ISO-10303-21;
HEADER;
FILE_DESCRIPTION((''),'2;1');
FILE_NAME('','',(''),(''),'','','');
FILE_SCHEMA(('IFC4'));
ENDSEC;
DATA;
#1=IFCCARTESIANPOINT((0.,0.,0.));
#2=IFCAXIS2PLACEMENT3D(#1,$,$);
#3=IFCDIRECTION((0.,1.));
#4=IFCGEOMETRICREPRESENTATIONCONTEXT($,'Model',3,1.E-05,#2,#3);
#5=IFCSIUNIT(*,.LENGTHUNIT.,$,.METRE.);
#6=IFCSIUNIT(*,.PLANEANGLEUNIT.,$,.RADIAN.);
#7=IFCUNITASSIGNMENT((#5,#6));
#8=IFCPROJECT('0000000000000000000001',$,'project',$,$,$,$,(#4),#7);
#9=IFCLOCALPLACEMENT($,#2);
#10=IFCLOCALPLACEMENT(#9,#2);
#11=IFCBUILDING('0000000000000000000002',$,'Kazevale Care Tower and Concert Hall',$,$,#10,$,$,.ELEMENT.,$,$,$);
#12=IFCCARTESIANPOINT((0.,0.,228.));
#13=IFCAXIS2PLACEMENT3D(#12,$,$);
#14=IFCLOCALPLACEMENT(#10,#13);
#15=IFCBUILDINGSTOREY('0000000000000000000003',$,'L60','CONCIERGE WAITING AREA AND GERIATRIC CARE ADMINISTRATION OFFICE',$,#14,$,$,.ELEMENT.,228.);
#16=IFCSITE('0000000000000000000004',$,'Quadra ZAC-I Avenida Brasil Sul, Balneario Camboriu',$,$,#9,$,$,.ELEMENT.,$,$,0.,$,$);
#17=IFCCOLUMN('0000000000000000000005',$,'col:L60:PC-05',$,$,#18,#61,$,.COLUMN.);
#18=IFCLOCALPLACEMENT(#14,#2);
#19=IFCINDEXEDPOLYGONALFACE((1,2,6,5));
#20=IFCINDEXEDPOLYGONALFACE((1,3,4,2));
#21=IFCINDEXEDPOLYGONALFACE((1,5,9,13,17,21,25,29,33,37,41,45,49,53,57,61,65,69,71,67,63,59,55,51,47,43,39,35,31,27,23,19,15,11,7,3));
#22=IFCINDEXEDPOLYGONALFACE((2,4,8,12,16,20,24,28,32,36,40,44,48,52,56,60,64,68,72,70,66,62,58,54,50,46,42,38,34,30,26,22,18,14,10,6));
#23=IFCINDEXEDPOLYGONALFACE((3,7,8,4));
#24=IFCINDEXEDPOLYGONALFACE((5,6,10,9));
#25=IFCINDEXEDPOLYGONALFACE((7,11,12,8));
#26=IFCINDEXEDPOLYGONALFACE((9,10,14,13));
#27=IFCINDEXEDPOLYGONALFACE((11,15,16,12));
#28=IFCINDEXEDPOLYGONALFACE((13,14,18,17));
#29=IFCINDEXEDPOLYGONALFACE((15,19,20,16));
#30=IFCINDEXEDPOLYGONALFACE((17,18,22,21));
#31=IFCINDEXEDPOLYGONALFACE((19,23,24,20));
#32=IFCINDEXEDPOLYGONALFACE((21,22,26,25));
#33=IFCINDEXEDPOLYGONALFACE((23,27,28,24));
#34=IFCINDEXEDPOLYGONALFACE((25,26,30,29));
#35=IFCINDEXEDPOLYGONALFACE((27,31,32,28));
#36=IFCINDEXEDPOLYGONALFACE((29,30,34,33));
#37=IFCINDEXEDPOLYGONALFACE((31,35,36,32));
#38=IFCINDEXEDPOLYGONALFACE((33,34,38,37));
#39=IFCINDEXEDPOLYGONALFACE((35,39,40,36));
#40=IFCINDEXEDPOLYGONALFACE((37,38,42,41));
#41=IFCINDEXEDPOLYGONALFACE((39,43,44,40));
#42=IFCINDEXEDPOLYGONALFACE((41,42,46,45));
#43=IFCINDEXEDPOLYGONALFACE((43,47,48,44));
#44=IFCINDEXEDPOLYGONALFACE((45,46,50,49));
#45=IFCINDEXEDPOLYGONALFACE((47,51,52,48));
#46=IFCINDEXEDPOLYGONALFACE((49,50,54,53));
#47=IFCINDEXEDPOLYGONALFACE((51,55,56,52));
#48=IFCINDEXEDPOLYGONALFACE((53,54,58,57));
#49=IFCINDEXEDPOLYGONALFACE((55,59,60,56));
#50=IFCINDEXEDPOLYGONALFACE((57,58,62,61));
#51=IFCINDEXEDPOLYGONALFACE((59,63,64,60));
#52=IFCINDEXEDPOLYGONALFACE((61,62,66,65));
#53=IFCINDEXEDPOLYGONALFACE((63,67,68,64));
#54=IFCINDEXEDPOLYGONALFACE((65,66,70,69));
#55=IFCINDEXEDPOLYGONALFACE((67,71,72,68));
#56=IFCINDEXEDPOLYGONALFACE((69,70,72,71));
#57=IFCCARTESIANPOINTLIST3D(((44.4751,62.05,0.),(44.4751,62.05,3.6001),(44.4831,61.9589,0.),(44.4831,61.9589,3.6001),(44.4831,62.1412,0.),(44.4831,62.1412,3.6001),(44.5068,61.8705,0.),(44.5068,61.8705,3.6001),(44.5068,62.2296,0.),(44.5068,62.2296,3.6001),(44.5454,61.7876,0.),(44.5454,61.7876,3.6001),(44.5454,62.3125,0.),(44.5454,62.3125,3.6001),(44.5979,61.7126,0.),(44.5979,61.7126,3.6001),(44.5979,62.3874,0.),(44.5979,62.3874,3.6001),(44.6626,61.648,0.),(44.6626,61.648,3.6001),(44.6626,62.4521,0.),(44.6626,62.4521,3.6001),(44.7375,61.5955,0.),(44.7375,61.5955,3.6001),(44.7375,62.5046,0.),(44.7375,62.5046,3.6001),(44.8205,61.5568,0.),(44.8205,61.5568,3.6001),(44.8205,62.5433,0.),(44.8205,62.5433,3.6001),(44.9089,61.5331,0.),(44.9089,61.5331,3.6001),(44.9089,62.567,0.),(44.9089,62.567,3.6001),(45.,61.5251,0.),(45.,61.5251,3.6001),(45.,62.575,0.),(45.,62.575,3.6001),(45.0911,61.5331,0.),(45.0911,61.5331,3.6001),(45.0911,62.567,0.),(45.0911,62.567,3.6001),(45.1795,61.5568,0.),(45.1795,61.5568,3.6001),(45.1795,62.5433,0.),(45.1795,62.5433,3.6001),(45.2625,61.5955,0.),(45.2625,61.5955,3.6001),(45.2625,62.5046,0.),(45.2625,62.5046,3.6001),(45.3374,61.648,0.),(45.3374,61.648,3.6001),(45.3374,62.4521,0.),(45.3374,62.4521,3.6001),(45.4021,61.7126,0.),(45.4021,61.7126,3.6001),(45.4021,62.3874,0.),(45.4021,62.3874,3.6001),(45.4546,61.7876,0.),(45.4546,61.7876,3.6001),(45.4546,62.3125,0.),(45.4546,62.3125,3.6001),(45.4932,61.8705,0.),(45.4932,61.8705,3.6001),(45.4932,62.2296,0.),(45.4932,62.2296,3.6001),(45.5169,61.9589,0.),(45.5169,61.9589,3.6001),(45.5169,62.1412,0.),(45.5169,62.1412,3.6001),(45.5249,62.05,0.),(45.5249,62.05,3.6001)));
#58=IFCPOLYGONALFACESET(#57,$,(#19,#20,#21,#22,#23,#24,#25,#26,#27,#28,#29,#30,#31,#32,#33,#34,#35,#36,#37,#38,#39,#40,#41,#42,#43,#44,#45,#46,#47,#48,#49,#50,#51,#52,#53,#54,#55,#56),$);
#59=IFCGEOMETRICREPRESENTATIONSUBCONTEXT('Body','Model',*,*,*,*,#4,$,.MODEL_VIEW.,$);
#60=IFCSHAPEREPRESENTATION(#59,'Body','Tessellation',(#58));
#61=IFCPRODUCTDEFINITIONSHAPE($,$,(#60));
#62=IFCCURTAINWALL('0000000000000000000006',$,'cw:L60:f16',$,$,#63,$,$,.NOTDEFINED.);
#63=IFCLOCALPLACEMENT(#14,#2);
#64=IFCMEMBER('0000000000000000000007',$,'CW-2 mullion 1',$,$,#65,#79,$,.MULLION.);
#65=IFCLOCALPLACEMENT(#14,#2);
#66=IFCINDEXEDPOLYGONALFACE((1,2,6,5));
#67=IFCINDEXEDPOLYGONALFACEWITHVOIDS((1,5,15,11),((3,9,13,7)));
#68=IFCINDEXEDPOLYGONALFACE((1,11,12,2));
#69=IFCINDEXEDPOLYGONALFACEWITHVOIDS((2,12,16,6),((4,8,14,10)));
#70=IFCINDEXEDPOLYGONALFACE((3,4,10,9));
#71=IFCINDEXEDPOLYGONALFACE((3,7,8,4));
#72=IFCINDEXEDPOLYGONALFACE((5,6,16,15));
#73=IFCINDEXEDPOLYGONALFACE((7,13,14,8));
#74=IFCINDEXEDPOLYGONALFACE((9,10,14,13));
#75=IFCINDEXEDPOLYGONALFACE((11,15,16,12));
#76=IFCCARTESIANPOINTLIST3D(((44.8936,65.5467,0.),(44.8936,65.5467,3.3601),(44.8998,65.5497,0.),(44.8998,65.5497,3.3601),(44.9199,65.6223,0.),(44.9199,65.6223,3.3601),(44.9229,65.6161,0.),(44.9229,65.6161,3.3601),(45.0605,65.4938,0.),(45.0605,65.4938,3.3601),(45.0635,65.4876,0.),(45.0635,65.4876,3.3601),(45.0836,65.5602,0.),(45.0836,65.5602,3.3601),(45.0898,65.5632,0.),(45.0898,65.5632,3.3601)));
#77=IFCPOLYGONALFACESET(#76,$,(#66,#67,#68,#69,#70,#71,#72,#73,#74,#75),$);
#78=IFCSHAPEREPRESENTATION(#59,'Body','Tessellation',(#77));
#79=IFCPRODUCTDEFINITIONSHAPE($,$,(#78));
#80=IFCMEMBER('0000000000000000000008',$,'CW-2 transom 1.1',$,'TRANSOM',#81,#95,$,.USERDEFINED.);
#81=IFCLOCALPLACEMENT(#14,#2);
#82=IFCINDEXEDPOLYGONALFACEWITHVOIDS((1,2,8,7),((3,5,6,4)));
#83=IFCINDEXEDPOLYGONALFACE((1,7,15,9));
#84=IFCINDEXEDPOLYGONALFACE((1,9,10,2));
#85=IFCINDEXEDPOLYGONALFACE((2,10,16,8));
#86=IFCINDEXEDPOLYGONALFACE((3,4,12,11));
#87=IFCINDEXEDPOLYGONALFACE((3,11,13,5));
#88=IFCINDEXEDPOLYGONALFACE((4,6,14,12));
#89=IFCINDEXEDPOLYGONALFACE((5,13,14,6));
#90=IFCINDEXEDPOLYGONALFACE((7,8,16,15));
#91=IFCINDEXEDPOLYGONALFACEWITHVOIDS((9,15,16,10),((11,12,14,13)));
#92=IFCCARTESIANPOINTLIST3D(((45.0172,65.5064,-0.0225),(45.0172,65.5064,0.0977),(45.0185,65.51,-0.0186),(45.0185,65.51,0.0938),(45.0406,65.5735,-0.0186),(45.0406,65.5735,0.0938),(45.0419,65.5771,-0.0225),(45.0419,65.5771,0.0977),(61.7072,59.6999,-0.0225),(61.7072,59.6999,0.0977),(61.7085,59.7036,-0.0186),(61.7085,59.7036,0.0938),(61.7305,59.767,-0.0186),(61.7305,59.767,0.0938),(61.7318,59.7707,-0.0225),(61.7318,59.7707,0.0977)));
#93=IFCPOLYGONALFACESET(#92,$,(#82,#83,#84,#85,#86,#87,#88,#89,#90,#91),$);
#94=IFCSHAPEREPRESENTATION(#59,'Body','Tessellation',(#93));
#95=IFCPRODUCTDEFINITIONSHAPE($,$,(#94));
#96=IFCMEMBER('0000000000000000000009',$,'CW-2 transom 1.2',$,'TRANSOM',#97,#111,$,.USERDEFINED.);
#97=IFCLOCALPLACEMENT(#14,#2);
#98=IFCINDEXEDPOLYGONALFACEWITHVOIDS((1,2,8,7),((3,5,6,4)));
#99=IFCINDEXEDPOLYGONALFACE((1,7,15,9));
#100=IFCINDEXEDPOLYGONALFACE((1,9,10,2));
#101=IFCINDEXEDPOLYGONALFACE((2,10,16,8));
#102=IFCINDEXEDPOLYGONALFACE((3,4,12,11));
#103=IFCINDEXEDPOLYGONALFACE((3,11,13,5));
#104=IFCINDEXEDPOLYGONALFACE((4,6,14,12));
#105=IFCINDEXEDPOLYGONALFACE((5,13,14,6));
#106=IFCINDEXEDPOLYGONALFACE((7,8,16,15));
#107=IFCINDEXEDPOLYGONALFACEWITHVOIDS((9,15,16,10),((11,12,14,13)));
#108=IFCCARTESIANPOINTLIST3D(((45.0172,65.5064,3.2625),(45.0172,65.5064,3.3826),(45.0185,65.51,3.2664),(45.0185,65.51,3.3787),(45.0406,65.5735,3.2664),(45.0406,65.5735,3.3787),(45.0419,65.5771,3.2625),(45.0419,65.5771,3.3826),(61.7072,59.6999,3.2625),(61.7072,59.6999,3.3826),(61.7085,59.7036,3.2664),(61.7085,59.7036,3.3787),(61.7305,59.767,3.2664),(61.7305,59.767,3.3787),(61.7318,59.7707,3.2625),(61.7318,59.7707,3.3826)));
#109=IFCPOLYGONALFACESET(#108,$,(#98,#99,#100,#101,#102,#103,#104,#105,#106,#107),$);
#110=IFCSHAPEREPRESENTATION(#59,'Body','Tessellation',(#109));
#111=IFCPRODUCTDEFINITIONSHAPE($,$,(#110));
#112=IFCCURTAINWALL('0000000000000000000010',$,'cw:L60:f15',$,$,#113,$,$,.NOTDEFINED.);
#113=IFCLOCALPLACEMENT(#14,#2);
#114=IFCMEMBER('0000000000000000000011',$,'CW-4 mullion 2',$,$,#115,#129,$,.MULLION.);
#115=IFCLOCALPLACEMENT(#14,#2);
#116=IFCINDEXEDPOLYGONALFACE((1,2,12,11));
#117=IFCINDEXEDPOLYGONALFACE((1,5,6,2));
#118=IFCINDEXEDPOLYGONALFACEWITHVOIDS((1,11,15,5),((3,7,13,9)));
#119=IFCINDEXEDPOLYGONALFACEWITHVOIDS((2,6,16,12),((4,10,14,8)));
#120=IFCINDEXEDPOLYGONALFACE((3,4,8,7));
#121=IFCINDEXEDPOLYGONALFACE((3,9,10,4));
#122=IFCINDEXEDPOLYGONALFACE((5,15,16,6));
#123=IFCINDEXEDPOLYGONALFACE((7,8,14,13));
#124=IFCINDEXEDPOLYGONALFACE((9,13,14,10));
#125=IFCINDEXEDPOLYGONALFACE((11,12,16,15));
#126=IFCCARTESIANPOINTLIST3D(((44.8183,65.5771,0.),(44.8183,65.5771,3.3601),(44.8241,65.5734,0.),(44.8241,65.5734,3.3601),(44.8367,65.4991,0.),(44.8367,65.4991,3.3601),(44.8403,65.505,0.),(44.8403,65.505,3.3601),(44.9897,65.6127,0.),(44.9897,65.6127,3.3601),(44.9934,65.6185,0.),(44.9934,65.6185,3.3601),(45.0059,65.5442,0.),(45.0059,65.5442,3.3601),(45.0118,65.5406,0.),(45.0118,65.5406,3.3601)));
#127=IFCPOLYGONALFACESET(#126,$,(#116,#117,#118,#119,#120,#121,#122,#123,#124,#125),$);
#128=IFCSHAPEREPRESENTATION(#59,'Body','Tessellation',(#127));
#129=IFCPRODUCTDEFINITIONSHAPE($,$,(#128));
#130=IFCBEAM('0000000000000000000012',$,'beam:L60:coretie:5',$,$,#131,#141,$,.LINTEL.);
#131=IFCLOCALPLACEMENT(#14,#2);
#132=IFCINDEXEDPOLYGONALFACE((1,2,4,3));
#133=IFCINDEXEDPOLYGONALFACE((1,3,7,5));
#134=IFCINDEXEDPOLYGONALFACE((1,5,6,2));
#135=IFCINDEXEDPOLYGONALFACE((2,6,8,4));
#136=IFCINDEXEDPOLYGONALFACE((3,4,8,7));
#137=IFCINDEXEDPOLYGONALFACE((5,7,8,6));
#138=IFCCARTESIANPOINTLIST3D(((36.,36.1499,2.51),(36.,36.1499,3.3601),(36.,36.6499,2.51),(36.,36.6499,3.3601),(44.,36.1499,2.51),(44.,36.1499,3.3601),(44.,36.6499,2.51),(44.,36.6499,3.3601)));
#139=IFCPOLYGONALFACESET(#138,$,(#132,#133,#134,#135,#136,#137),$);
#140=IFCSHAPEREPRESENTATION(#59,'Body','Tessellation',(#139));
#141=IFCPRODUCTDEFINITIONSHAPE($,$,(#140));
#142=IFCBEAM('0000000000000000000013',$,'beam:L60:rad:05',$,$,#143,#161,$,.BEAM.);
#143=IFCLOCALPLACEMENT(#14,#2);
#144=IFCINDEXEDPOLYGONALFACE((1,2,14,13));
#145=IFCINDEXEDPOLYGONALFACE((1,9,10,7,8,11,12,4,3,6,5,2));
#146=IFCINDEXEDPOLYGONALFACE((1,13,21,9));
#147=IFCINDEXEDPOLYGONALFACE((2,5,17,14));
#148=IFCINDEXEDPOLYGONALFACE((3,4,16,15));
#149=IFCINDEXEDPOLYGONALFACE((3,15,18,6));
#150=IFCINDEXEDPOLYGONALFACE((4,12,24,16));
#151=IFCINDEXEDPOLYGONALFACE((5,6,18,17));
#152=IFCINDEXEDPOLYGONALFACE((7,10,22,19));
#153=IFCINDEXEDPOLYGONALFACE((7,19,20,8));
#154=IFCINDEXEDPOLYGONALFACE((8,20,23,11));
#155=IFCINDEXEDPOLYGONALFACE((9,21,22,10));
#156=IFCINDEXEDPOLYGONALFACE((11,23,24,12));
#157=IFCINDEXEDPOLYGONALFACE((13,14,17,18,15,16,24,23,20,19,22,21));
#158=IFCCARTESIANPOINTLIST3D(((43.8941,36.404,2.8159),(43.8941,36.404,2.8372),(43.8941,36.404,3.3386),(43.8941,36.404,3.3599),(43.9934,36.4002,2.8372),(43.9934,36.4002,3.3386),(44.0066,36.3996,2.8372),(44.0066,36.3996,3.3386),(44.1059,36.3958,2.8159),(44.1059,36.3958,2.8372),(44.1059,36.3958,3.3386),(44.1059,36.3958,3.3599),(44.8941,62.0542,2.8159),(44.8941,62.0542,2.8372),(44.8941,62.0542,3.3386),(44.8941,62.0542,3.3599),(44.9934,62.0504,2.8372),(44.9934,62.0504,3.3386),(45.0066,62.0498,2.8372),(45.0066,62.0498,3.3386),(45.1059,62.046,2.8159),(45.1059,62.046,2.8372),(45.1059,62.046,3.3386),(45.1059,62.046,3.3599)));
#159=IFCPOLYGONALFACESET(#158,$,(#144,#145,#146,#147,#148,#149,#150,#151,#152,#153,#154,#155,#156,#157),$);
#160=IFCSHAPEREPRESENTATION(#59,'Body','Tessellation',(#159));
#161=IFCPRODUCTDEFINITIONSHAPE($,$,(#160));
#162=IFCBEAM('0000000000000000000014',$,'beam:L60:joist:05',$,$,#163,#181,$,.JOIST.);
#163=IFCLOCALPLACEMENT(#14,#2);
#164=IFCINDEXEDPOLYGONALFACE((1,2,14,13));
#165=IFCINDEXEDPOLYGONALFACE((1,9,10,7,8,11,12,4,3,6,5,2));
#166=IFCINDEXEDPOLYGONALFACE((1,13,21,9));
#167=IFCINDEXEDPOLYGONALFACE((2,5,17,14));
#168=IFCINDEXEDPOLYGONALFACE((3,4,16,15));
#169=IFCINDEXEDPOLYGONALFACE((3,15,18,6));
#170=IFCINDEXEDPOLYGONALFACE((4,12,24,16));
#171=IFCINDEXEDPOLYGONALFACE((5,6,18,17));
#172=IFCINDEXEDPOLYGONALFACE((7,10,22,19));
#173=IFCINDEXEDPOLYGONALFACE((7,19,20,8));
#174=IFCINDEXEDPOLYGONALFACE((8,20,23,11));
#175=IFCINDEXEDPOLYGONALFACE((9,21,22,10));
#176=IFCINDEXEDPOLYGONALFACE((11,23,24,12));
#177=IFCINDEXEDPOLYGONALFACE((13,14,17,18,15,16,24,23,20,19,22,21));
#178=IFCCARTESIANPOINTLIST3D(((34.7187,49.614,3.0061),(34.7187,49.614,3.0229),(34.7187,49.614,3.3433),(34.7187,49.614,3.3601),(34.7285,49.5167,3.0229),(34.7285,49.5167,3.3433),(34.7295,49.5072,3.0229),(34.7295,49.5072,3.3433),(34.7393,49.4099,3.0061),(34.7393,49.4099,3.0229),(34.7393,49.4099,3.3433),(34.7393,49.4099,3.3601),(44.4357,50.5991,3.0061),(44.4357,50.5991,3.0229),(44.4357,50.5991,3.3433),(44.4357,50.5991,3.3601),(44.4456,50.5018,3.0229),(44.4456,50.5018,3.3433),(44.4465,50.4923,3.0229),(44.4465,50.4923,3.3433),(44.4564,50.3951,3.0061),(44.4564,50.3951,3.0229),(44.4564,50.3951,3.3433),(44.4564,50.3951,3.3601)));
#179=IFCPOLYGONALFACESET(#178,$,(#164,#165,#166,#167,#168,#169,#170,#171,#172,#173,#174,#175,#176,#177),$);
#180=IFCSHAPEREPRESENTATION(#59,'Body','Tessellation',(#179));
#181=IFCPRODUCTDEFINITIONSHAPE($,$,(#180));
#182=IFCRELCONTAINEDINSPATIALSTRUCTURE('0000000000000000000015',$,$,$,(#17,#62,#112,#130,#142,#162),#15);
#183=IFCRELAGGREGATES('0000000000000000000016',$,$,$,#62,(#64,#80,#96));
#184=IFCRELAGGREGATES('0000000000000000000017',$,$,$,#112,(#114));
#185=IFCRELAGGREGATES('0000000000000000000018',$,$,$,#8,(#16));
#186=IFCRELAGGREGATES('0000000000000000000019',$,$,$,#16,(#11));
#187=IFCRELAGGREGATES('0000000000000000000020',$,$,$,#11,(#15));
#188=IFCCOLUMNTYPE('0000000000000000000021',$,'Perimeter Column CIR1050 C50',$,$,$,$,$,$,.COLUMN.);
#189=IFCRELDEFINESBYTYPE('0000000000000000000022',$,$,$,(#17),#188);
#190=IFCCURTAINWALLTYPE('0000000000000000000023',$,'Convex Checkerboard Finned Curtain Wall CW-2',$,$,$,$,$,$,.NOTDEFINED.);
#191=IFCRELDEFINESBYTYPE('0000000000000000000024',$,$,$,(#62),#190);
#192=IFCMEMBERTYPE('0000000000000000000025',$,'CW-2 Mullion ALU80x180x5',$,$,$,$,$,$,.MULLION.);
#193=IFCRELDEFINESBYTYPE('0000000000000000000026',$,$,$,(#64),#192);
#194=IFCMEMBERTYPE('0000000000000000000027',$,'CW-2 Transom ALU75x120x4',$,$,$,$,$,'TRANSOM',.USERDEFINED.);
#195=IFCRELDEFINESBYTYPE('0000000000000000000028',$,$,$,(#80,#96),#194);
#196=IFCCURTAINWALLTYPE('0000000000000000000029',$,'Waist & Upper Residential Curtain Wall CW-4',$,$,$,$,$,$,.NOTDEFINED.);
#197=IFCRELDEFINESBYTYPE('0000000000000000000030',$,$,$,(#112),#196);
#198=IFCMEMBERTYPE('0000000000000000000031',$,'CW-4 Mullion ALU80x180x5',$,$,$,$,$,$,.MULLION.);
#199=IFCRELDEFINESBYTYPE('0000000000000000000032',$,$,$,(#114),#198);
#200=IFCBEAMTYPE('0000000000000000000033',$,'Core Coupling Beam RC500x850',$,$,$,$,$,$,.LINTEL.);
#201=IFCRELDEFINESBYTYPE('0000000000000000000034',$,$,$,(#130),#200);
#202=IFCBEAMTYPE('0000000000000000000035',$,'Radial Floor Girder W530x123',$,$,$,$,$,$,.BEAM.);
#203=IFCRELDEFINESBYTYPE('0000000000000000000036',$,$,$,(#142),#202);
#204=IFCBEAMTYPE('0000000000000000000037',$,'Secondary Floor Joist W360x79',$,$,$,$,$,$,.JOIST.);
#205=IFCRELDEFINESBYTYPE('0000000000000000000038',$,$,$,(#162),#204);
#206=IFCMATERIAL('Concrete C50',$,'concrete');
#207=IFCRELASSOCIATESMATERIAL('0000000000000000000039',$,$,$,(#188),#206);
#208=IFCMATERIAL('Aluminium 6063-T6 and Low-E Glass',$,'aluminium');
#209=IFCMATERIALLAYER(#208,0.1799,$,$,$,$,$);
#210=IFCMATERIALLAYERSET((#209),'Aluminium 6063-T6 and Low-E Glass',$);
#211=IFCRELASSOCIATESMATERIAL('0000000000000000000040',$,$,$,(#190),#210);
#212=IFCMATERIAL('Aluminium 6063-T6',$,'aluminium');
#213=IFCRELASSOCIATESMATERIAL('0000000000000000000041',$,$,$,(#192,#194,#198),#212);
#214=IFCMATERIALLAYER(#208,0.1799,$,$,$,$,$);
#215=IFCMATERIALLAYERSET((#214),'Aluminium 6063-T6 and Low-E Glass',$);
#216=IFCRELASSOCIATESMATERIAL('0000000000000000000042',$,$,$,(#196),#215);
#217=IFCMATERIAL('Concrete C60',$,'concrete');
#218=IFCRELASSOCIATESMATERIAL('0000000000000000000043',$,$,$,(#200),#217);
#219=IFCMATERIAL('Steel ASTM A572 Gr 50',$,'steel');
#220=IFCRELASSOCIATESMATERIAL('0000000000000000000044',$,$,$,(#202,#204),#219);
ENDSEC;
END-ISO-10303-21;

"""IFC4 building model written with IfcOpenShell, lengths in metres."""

from ifc_helpers import new_model, si_unit, direction, frame, origin, origin_2d, place, context, subcontext, project, spatial, rectangle, hollow_rectangle, circle, i_section, extrude, material, layer, layer_set, material_profile, profile_set, type_object, element, aggregate, save


model = new_model("IFC4")

# Units and contexts
model_context = context("Model", 3, precision=1e-05, world=origin(), true_north=direction((0.0, 1.0)))
body_context = subcontext(model_context, "Body", "Model", "MODEL_VIEW")
ifc_project = project(units=[si_unit("LENGTHUNIT", "METRE"), si_unit("PLANEANGLEUNIT", "RADIAN")], contexts=[model_context])

# Site, building, storey
site_placement = place(None, origin())
site = spatial("IfcSite", under=ifc_project, at=site_placement, Name="Quadra ZAC-I Avenida Brasil Sul, Balneario Camboriu", CompositionType="ELEMENT", RefElevation=0.0)
building_placement = place(site_placement, origin())
building = spatial("IfcBuilding", under=site, at=building_placement, Name="Kazevale Care Tower and Concert Hall", CompositionType="ELEMENT")
storey_placement = place(building_placement, frame((0.0, 0.0, 228.0)))
storey = spatial("IfcBuildingStorey", under=building, at=storey_placement, Name="L60", Description="CONCIERGE WAITING AREA AND GERIATRIC CARE ADMINISTRATION OFFICE", CompositionType="ELEMENT", Elevation=228.0)

# Column
ifc_material_1 = material(Name="Concrete C50", Category="concrete")
ifc_material_profile_1 = material_profile(ifc_material_1, circle(Radius=0.5249, at=origin_2d()), Name="RC-CIR1050")
ifc_profile_set_1 = profile_set([ifc_material_profile_1], Name="Concrete C50")
column_type = type_object("IfcColumnType", Name="Perimeter Column CIR1050 C50", PredefinedType="COLUMN", material=ifc_profile_set_1)
column_placement = place(storey_placement, frame((45.0, 62.05, 0.0), z_axis=(0.0, 0.0, 1.0), x_axis=(1.0, 0.0, 0.0)))
element("IfcColumn", 1, at=column_placement, inside=storey, type_object=column_type, Name="col:L60:PC-05", PredefinedType="COLUMN", context=body_context, shape_type="SweptSolid", body=[
    extrude(circle(Radius=0.5249, at=origin_2d()), origin(), (0.0, 0.0, 1.0), 3.6001),
])

# Curtain wall, members
ifc_material_2 = material(Name="Aluminium 6063-T6 and Low-E Glass", Category="aluminium")
ifc_layer_1 = layer(ifc_material_2, 0.1799)
ifc_layer_set_1 = layer_set([ifc_layer_1], Name="Aluminium 6063-T6 and Low-E Glass")
curtain_wall_type_1 = type_object("IfcCurtainWallType", Name="Convex Checkerboard Finned Curtain Wall CW-2", PredefinedType="NOTDEFINED", material=ifc_layer_set_1)
curtain_wall_1_placement = place(storey_placement, origin())
curtain_wall_1 = element("IfcCurtainWall", 2, at=curtain_wall_1_placement, inside=storey, type_object=curtain_wall_type_1, Name="cw:L60:f16", PredefinedType="NOTDEFINED")
ifc_material_3 = material(Name="Aluminium 6063-T6", Category="aluminium")
ifc_material_profile_2 = material_profile(ifc_material_3, hollow_rectangle(XDim=0.0801, YDim=0.1799, WallThickness=0.0049, at=origin_2d()), Name="ALU80x180x5")
ifc_profile_set_2 = profile_set([ifc_material_profile_2], Name="Aluminium 6063-T6")
member_type_1 = type_object("IfcMemberType", Name="CW-2 Mullion ALU80x180x5", PredefinedType="MULLION", material=ifc_profile_set_2)
member_1_placement = place(storey_placement, frame((44.9917, 65.5549, 0.0), z_axis=(0.0, 0.0, 1.0), x_axis=(0.328584, 0.944475, 0.0)))
member_1 = element("IfcMember", 3, at=member_1_placement, type_object=member_type_1, Name="CW-2 mullion 1", PredefinedType="MULLION", context=body_context, shape_type="SweptSolid", body=[
    extrude(hollow_rectangle(XDim=0.0801, YDim=0.1799, WallThickness=0.0049, at=origin_2d()), origin(), (0.0, 0.0, 1.0), 3.3601),
])
ifc_material_profile_3 = material_profile(ifc_material_3, hollow_rectangle(XDim=0.075, YDim=0.1201, WallThickness=0.0039, at=origin_2d()), Name="ALU75x120x4")
ifc_profile_set_3 = profile_set([ifc_material_profile_3], Name="Aluminium 6063-T6")
member_type_2 = type_object("IfcMemberType", Name="CW-2 Transom ALU75x120x4", ElementType="TRANSOM", PredefinedType="USERDEFINED", material=ifc_profile_set_3)
member_2_placement = place(storey_placement, frame((45.0295, 65.5417, 0.0376), z_axis=(0.944476, -0.328581, 0.0), x_axis=(0.328581, 0.944476, 0.0)))
member_2 = element("IfcMember", 4, at=member_2_placement, type_object=member_type_2, Name="CW-2 transom 1.1", ObjectType="TRANSOM", PredefinedType="USERDEFINED", context=body_context, shape_type="SweptSolid", body=[
    extrude(hollow_rectangle(XDim=0.075, YDim=0.1201, WallThickness=0.0039, at=origin_2d()), origin(), (0.0, 0.0, 1.0), 17.6711),
])
member_3_placement = place(storey_placement, frame((45.0295, 65.5417, 3.3225), z_axis=(0.944476, -0.328581, 0.0), x_axis=(0.328581, 0.944476, 0.0)))
member_3 = element("IfcMember", 5, at=member_3_placement, type_object=member_type_2, Name="CW-2 transom 1.2", ObjectType="TRANSOM", PredefinedType="USERDEFINED", context=body_context, shape_type="SweptSolid", body=[
    extrude(hollow_rectangle(XDim=0.075, YDim=0.1201, WallThickness=0.0039, at=origin_2d()), origin(), (0.0, 0.0, 1.0), 17.6711),
])
aggregate(curtain_wall_1, [member_1, member_2, member_3])

# Curtain wall, member
ifc_layer_2 = layer(ifc_material_2, 0.1799)
ifc_layer_set_2 = layer_set([ifc_layer_2], Name="Aluminium 6063-T6 and Low-E Glass")
curtain_wall_type_2 = type_object("IfcCurtainWallType", Name="Waist & Upper Residential Curtain Wall CW-4", PredefinedType="NOTDEFINED", material=ifc_layer_set_2)
curtain_wall_2_placement = place(storey_placement, origin())
curtain_wall_2 = element("IfcCurtainWall", 6, at=curtain_wall_2_placement, inside=storey, type_object=curtain_wall_type_2, Name="cw:L60:f15", PredefinedType="NOTDEFINED")
ifc_material_profile_4 = material_profile(ifc_material_3, hollow_rectangle(XDim=0.0801, YDim=0.1799, WallThickness=0.0049, at=origin_2d()), Name="ALU80x180x5")
ifc_profile_set_4 = profile_set([ifc_material_profile_4], Name="Aluminium 6063-T6")
member_type_3 = type_object("IfcMemberType", Name="CW-4 Mullion ALU80x180x5", PredefinedType="MULLION", material=ifc_profile_set_4)
member_4_placement = place(storey_placement, frame((44.915, 65.5588, 0.0), z_axis=(0.0, 0.0, 1.0), x_axis=(-0.230439, 0.973087, 0.0)))
member_4 = element("IfcMember", 7, at=member_4_placement, type_object=member_type_3, Name="CW-4 mullion 2", PredefinedType="MULLION", context=body_context, shape_type="SweptSolid", body=[
    extrude(hollow_rectangle(XDim=0.0801, YDim=0.1799, WallThickness=0.0049, at=origin_2d()), origin(), (0.0, 0.0, 1.0), 3.3601),
])

# Beams
ifc_material_4 = material(Name="Concrete C60", Category="concrete")
ifc_material_profile_5 = material_profile(ifc_material_4, rectangle(XDim=0.5, YDim=0.8501, at=origin_2d()), Name="RC-B500x850")
ifc_profile_set_5 = profile_set([ifc_material_profile_5], Name="Concrete C60")
beam_type_1 = type_object("IfcBeamType", Name="Core Coupling Beam RC500x850", PredefinedType="LINTEL", material=ifc_profile_set_5)
beam_1_placement = place(storey_placement, frame((44.0, 36.3999, 2.9351), z_axis=(-1.0, 0.0, 0.0), x_axis=(0.0, -1.0, 0.0)))
element("IfcBeam", 8, at=beam_1_placement, inside=storey, type_object=beam_type_1, Name="beam:L60:coretie:5", PredefinedType="LINTEL", context=body_context, shape_type="SweptSolid", body=[
    extrude(rectangle(XDim=0.5, YDim=0.8501, at=origin_2d()), origin(), (0.0, 0.0, 1.0), 8.0),
])
ifc_material_5 = material(Name="Steel ASTM A572 Gr 50", Category="steel")
ifc_material_profile_6 = material_profile(ifc_material_5, i_section(OverallWidth=0.2119, OverallDepth=0.5439, WebThickness=0.0132, FlangeThickness=0.0212, at=origin_2d()), Name="W530x123")
ifc_profile_set_6 = profile_set([ifc_material_profile_6], Name="Steel ASTM A572 Gr 50")
beam_type_2 = type_object("IfcBeamType", Name="Radial Floor Girder W530x123", PredefinedType="BEAM", material=ifc_profile_set_6)
beam_2_placement = place(storey_placement, frame((44.0, 36.3999, 3.0879), z_axis=(0.038957, 0.999241, 0.0), x_axis=(-0.999241, 0.038957, 0.0)))
element("IfcBeam", 9, at=beam_2_placement, inside=storey, type_object=beam_type_2, Name="beam:L60:rad:05", PredefinedType="BEAM", context=body_context, shape_type="SweptSolid", body=[
    extrude(i_section(OverallWidth=0.2119, OverallDepth=0.5439, WebThickness=0.0132, FlangeThickness=0.0212, at=origin_2d()), origin(), (0.0, 0.0, 1.0), 25.6697),
])
ifc_material_profile_7 = material_profile(ifc_material_5, i_section(OverallWidth=0.2051, OverallDepth=0.354, WebThickness=0.0095, FlangeThickness=0.0168, at=origin_2d()), Name="W360x79")
ifc_profile_set_7 = profile_set([ifc_material_profile_7], Name="Steel ASTM A572 Gr 50")
beam_type_3 = type_object("IfcBeamType", Name="Secondary Floor Joist W360x79", PredefinedType="JOIST", material=ifc_profile_set_7)
beam_3_placement = place(storey_placement, frame((44.446, 50.4971, 3.1831), z_axis=(-0.9949, -0.100862, 0.0), x_axis=(0.100862, -0.9949, 0.0)))
element("IfcBeam", 10, at=beam_3_placement, inside=storey, type_object=beam_type_3, Name="beam:L60:joist:05", PredefinedType="JOIST", context=body_context, shape_type="SweptSolid", body=[
    extrude(i_section(OverallWidth=0.2051, OverallDepth=0.354, WebThickness=0.0095, FlangeThickness=0.0168, at=origin_2d()), origin(), (0.0, 0.0, 1.0), 9.7668),
])

aggregate(curtain_wall_2, [member_4])

save(model, "model.ifc")
